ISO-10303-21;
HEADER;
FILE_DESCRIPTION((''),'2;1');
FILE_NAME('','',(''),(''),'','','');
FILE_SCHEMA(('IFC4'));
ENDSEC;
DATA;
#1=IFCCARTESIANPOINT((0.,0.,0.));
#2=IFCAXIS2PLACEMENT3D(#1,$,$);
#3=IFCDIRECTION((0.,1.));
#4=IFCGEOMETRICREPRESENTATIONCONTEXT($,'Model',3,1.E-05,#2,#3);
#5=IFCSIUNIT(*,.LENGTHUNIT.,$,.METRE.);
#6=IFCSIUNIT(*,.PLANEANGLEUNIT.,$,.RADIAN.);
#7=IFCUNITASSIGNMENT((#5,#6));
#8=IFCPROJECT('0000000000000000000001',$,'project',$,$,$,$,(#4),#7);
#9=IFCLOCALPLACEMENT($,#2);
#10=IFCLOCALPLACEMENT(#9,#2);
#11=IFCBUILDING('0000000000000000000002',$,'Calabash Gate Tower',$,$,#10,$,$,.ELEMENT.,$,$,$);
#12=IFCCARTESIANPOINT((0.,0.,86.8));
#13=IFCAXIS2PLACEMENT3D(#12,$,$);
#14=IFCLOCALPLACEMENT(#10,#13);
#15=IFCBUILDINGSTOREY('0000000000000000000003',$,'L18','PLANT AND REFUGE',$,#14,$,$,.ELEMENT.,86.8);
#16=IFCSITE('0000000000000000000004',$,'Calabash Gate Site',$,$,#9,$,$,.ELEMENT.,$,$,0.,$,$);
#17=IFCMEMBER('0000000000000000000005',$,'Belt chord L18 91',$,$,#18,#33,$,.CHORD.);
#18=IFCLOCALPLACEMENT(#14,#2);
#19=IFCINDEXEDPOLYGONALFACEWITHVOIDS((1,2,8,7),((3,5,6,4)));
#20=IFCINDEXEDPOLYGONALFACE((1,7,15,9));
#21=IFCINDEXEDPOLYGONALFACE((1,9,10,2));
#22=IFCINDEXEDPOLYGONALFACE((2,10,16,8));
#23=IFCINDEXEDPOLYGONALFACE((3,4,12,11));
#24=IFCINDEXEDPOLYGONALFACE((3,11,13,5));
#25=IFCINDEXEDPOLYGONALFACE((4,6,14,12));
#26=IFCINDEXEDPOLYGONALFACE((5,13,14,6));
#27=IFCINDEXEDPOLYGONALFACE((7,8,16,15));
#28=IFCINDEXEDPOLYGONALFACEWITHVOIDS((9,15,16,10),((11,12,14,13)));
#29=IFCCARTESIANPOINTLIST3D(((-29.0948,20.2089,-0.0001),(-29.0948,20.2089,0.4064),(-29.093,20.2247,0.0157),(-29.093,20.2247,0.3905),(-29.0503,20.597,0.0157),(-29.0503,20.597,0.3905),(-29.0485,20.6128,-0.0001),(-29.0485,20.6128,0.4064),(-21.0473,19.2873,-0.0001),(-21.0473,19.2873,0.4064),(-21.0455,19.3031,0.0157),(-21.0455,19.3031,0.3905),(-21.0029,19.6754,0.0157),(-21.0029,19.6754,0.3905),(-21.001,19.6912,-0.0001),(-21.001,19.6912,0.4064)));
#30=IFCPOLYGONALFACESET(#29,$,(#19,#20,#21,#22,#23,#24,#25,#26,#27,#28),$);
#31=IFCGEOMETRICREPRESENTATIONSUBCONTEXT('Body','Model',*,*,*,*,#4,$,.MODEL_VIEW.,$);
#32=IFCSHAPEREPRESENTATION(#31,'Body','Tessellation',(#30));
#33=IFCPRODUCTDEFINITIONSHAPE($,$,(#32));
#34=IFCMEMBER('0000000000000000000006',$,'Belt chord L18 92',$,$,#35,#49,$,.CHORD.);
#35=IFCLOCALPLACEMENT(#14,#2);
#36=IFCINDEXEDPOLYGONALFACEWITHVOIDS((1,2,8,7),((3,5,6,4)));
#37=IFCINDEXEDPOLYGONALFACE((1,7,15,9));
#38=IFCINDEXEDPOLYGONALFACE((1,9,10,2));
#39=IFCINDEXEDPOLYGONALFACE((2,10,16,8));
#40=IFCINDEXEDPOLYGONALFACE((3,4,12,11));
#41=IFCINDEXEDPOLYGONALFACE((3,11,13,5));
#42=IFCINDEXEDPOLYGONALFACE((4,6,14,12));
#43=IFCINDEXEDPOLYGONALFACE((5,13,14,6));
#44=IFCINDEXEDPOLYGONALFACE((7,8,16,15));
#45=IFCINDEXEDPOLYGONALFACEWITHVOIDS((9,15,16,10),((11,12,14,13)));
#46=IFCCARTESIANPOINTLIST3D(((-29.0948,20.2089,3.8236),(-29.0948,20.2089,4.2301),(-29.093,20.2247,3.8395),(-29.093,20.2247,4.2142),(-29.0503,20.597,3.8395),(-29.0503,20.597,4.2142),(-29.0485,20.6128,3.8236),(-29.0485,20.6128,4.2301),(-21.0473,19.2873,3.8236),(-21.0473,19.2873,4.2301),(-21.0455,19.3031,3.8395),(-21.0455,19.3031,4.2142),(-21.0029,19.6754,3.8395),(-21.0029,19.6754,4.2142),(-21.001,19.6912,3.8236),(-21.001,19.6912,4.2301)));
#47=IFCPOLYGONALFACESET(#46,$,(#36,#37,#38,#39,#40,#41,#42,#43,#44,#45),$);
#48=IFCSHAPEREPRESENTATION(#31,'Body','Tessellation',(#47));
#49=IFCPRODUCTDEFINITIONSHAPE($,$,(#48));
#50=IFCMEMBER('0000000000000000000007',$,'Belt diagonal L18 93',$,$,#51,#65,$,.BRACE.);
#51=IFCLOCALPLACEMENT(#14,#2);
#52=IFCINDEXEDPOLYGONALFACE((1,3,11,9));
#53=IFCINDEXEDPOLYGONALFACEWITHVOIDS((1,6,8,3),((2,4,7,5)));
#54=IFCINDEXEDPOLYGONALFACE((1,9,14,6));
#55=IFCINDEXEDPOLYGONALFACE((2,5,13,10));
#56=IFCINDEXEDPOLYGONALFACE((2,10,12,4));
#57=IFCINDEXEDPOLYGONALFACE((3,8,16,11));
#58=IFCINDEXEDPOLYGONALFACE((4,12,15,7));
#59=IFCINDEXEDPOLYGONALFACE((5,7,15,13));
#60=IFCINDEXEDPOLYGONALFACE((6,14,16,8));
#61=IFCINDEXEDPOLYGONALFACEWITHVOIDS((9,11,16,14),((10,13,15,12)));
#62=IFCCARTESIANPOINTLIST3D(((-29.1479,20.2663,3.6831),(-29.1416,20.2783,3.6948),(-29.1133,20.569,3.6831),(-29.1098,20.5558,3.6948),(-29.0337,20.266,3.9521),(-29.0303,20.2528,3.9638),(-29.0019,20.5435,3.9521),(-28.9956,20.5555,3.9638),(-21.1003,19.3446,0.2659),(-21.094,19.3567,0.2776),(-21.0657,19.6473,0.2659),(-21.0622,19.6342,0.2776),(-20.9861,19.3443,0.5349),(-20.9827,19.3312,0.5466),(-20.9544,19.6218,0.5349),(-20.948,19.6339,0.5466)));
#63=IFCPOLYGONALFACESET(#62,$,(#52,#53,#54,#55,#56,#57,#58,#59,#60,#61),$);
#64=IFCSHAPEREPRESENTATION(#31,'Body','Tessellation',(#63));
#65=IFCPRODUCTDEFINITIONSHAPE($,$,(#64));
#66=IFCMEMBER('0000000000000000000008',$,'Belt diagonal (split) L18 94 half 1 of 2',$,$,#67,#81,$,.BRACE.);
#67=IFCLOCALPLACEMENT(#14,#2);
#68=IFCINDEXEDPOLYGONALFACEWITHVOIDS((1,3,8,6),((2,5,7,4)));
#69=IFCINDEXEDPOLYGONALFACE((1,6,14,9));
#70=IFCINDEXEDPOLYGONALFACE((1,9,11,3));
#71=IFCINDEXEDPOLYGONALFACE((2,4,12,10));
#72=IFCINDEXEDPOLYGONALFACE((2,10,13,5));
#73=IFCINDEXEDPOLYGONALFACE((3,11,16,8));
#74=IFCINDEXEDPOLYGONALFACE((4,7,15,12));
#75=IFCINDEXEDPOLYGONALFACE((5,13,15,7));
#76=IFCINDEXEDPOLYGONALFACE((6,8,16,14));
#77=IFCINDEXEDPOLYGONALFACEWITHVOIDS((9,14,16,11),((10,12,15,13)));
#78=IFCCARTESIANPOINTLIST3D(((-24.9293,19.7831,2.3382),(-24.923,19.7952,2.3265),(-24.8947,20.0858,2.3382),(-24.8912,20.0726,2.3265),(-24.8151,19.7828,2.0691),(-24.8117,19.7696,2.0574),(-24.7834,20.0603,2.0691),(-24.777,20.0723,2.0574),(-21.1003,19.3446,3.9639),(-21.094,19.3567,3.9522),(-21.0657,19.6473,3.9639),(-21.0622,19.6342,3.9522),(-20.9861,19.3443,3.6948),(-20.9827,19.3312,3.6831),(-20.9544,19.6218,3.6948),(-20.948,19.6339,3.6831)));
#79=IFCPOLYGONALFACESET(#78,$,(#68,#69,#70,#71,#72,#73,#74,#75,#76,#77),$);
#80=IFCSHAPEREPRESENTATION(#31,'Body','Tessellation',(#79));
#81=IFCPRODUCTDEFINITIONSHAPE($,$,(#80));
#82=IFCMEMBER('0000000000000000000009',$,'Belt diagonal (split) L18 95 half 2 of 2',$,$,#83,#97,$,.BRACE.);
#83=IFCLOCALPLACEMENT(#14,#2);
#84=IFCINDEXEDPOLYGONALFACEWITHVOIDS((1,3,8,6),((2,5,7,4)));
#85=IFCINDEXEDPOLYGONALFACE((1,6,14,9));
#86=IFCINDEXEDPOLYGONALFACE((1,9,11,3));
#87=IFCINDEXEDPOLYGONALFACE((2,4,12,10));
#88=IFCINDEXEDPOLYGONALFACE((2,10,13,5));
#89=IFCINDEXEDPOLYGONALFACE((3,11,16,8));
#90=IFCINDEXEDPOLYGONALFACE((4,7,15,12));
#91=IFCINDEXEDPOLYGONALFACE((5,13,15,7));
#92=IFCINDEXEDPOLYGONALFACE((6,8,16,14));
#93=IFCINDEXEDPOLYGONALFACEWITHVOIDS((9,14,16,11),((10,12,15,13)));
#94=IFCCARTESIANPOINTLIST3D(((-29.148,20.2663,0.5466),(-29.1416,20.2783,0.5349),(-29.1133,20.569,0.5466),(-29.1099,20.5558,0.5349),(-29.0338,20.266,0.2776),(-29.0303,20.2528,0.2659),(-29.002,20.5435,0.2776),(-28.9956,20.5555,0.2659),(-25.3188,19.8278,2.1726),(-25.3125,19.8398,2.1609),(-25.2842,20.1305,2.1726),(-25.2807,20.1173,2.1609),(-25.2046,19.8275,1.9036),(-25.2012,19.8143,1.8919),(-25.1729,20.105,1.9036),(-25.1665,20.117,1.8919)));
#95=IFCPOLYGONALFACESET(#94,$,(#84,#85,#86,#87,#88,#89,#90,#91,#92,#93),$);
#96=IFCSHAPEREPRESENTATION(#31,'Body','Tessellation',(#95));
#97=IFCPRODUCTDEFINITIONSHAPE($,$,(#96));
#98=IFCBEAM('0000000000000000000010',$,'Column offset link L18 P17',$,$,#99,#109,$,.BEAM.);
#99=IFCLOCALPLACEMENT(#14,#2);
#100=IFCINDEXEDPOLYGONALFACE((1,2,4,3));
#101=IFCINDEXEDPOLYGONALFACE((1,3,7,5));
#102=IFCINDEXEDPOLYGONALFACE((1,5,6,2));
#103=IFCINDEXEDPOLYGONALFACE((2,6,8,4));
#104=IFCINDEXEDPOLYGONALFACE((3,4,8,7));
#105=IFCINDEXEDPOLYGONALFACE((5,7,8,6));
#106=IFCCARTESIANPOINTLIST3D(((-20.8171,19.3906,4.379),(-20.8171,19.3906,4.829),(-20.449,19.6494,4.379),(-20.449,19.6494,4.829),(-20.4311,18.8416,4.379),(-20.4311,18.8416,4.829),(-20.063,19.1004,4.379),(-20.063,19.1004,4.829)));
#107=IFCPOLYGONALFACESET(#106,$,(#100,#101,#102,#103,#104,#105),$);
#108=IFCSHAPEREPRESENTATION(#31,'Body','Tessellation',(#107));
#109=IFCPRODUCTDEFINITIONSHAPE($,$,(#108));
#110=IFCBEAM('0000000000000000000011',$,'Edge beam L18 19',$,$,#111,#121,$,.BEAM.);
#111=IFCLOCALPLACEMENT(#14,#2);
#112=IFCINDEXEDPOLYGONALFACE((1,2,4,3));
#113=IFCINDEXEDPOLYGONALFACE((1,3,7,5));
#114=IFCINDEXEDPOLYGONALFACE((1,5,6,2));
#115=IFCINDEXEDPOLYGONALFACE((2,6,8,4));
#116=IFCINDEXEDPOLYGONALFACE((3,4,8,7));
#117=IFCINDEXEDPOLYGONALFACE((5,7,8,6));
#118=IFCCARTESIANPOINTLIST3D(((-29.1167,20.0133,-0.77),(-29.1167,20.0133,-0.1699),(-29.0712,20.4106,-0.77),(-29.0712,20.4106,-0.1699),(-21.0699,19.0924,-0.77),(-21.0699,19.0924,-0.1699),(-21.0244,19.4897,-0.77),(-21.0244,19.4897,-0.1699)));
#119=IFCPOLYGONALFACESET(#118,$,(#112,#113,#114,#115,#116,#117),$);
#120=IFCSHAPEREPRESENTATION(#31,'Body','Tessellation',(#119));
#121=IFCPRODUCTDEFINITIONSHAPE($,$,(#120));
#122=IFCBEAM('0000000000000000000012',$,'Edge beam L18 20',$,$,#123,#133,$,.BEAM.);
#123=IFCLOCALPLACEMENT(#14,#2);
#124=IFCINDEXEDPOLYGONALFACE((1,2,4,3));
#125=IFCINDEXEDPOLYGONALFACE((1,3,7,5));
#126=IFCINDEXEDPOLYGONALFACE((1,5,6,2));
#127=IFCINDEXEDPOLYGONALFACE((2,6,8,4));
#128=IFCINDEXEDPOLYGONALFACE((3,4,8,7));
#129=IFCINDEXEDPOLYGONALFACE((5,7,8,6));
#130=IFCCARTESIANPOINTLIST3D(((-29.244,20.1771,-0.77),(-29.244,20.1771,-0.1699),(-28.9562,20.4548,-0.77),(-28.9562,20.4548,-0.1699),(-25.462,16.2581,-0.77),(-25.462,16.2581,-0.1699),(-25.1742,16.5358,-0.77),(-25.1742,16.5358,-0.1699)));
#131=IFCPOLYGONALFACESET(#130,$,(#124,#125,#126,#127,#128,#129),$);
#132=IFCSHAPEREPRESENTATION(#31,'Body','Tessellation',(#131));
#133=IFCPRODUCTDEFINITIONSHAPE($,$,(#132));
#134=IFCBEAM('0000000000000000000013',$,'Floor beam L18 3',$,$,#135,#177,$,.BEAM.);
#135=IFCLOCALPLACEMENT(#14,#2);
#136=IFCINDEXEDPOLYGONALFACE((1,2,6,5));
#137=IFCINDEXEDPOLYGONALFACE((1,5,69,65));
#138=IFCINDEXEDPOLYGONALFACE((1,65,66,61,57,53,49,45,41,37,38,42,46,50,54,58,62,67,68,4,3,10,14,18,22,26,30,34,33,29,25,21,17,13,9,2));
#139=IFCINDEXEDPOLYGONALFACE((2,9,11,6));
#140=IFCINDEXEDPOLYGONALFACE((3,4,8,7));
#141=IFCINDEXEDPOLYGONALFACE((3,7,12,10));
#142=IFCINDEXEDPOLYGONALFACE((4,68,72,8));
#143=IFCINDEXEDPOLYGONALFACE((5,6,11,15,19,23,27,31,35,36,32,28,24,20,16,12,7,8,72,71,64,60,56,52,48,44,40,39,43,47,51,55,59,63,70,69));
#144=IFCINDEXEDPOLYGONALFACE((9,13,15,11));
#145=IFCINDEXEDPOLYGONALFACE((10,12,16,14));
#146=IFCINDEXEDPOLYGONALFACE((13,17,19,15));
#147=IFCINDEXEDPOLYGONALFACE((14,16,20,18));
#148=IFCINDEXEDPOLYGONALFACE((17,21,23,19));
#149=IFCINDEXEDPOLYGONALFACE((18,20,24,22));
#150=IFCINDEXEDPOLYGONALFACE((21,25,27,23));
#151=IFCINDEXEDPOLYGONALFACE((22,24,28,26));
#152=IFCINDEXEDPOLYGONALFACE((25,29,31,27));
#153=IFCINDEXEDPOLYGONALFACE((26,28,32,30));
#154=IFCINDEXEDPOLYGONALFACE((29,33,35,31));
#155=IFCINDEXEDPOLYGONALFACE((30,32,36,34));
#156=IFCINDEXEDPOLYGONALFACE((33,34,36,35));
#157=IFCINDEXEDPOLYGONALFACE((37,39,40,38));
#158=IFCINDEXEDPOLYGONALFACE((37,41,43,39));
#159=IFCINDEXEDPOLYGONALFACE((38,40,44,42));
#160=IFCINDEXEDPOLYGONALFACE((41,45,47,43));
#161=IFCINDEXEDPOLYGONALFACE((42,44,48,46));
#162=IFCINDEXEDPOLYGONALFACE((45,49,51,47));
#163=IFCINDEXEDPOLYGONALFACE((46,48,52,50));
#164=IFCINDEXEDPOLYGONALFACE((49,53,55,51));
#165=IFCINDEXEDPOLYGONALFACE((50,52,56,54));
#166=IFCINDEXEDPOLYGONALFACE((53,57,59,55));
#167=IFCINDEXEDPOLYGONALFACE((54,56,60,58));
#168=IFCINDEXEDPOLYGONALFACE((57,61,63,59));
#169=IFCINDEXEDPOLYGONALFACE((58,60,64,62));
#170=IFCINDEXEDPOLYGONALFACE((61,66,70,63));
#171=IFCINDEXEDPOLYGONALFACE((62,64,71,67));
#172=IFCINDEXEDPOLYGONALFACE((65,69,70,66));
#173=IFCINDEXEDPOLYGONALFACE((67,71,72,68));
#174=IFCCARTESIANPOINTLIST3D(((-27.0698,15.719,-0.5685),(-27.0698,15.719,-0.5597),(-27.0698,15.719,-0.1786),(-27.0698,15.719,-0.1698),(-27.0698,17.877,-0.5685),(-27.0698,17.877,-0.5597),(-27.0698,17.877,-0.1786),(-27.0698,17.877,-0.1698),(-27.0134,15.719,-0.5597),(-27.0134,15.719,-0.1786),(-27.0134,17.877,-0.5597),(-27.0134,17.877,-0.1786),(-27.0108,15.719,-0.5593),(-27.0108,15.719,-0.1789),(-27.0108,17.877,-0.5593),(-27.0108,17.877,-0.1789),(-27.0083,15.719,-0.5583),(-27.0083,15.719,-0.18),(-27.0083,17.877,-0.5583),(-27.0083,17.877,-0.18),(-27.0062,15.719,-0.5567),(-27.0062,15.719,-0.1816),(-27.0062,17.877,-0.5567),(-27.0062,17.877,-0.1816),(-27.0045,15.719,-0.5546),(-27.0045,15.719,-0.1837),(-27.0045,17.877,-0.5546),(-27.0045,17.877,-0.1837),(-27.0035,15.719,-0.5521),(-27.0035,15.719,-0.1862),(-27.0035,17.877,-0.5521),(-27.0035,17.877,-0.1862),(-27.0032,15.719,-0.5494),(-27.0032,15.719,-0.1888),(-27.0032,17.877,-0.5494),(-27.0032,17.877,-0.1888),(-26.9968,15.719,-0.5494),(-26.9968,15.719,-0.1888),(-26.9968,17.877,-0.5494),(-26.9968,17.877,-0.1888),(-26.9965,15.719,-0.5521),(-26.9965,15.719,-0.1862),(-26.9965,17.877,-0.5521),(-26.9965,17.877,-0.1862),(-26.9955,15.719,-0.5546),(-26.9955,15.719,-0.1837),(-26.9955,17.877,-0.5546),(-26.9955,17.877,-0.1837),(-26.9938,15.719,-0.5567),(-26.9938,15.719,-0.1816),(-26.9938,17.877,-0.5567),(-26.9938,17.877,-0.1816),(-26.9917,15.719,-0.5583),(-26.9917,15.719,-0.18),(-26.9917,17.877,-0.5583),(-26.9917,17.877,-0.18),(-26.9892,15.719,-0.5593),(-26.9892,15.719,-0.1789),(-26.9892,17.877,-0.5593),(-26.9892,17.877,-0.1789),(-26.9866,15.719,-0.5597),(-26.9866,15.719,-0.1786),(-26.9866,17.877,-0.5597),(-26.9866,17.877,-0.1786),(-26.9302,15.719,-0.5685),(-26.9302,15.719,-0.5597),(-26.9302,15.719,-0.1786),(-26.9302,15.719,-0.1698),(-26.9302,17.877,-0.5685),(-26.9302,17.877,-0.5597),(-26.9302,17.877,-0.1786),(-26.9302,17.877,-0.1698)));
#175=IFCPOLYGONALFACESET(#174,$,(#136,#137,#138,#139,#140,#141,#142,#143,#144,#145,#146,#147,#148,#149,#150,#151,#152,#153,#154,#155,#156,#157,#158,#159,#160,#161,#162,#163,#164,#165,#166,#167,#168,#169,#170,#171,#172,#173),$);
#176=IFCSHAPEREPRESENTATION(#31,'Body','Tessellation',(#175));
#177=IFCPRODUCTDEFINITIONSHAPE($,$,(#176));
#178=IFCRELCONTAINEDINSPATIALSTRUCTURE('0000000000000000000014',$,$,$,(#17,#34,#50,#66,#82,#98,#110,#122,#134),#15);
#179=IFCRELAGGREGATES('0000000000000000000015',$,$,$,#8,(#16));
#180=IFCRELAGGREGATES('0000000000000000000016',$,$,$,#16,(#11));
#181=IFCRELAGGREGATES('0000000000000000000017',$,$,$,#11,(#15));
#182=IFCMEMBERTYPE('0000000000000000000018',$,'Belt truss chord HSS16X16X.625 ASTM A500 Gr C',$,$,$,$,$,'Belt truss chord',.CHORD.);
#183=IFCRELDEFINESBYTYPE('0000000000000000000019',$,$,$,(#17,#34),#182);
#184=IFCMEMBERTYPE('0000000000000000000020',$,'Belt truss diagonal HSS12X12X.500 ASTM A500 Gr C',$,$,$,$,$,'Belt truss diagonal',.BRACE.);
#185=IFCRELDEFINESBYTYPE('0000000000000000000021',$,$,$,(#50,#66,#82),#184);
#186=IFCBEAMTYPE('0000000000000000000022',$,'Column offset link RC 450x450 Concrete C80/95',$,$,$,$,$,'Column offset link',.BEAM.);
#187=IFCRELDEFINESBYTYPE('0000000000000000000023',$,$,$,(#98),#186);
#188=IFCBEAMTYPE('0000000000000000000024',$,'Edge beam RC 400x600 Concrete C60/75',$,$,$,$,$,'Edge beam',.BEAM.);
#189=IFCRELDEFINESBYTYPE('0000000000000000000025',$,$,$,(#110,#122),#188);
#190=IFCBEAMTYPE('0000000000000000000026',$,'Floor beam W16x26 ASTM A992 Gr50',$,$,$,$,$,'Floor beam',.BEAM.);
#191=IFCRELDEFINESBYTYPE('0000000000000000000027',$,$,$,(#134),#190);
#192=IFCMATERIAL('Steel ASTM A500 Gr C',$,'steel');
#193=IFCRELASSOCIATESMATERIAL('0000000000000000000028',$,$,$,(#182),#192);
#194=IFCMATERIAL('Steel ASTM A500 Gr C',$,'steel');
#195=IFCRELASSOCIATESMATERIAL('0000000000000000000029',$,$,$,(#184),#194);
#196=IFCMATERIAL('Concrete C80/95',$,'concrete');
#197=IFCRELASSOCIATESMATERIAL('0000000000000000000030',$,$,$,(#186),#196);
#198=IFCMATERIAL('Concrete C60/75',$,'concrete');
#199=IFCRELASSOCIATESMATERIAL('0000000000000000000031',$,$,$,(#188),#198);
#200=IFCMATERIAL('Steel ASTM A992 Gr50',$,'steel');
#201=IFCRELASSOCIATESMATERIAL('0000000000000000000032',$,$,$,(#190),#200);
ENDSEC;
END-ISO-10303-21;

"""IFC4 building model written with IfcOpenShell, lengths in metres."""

from ifc_helpers import new_model, si_unit, direction, frame, origin, origin_2d, place, context, subcontext, project, spatial, rectangle, hollow_rectangle, i_section, extrude, material, material_profile, profile_set, type_object, element, save


model = new_model("IFC4")

# Units and contexts
model_context = context("Model", 3, precision=1e-05, world=origin(), true_north=direction((0.0, 1.0)))
body_context = subcontext(model_context, "Body", "Model", "MODEL_VIEW")
ifc_project = project(units=[si_unit("LENGTHUNIT", "METRE"), si_unit("PLANEANGLEUNIT", "RADIAN")], contexts=[model_context])

# Site, building, storey
site_placement = place(None, origin())
site = spatial("IfcSite", under=ifc_project, at=site_placement, Name="Calabash Gate Site", CompositionType="ELEMENT", RefElevation=0.0)
building_placement = place(site_placement, origin())
building = spatial("IfcBuilding", under=site, at=building_placement, Name="Calabash Gate Tower", CompositionType="ELEMENT")
storey_placement = place(building_placement, frame((0.0, 0.0, 86.8)))
storey = spatial("IfcBuildingStorey", under=building, at=storey_placement, Name="L18", Description="PLANT AND REFUGE", CompositionType="ELEMENT", Elevation=86.8)

# Members
ifc_material_1 = material(Name="Steel ASTM A500 Gr C", Category="steel")
ifc_material_profile_1 = material_profile(ifc_material_1, hollow_rectangle(XDim=0.4065, YDim=0.4065, WallThickness=0.0159, at=origin_2d()))
ifc_profile_set_1 = profile_set([ifc_material_profile_1], Name="Steel ASTM A500 Gr C")
member_type_1 = type_object("IfcMemberType", Name="Belt truss chord HSS16X16X.625 ASTM A500 Gr C", ElementType="Belt truss chord", PredefinedType="CHORD", material=ifc_profile_set_1)
for number, where, z_axis, x_axis, name in (
    (1, (-21.0242, 19.4893, 0.2031), (-0.993506, 0.113779, 0.0), (-0.113779, -0.993506, 0.0), "Belt chord L18 91"),
    (2, (-21.0242, 19.4893, 4.0269), (-0.993506, 0.113779, 0.0), (-0.113779, -0.993506, 0.0), "Belt chord L18 92"),
):
    element("IfcMember", number, at=place(storey_placement, frame(where, z_axis=z_axis, x_axis=x_axis)), inside=storey, type_object=member_type_1, Name=name, PredefinedType="CHORD", context=body_context, shape_type="SweptSolid", body=[
        extrude(hollow_rectangle(XDim=0.4065, YDim=0.4065, WallThickness=0.0159, at=origin_2d()), origin(), (0.0, 0.0, 1.0), 8.1001),
    ])
ifc_material_2 = material(Name="Steel ASTM A500 Gr C", Category="steel")
ifc_material_profile_2 = material_profile(ifc_material_2, hollow_rectangle(XDim=0.3047, YDim=0.3047, WallThickness=0.0127, at=origin_2d()))
ifc_profile_set_2 = profile_set([ifc_material_profile_2], Name="Steel ASTM A500 Gr C")
member_type_2 = type_object("IfcMemberType", Name="Belt truss diagonal HSS12X12X.500 ASTM A500 Gr C", ElementType="Belt truss diagonal", PredefinedType="BRACE", material=ifc_profile_set_2)
member_1_placement = place(storey_placement, frame((-21.0242, 19.4893, 0.4062), z_axis=(-0.915383, 0.104832, 0.388697), x_axis=(-0.113779, -0.993506, 0.0)))
element("IfcMember", 3, at=member_1_placement, inside=storey, type_object=member_type_2, Name="Belt diagonal L18 93", PredefinedType="BRACE", context=body_context, shape_type="SweptSolid", body=[
    extrude(hollow_rectangle(XDim=0.3047, YDim=0.3047, WallThickness=0.0127, at=origin_2d()), origin(), (0.0, 0.0, 1.0), 8.7915),
])
member_2_placement = place(storey_placement, frame((-21.0242, 19.4893, 3.8235), z_axis=(-0.915401, 0.104824, -0.388655), x_axis=(-0.113768, -0.993507, 0.0)))
element("IfcMember", 4, at=member_2_placement, inside=storey, type_object=member_type_2, Name="Belt diagonal (split) L18 94 half 1 of 2", PredefinedType="BRACE", context=body_context, shape_type="SweptSolid", body=[
    extrude(hollow_rectangle(XDim=0.3047, YDim=0.3047, WallThickness=0.0127, at=origin_2d()), origin(), (0.0, 0.0, 1.0), 4.1829),
])
member_3_placement = place(storey_placement, frame((-25.2427, 19.9724, 2.0322), z_axis=(-0.915381, 0.104822, -0.388704), x_axis=(-0.113768, -0.993507, 0.0)))
element("IfcMember", 5, at=member_3_placement, inside=storey, type_object=member_type_2, Name="Belt diagonal (split) L18 95 half 2 of 2", PredefinedType="BRACE", context=body_context, shape_type="SweptSolid", body=[
    extrude(hollow_rectangle(XDim=0.3047, YDim=0.3047, WallThickness=0.0127, at=origin_2d()), origin(), (0.0, 0.0, 1.0), 4.1831),
])

# Beams
ifc_material_3 = material(Name="Concrete C80/95", Category="concrete")
ifc_material_profile_3 = material_profile(ifc_material_3, rectangle(XDim=0.45, YDim=0.45, at=origin_2d()))
ifc_profile_set_3 = profile_set([ifc_material_profile_3], Name="Concrete C80/95")
beam_type_1 = type_object("IfcBeamType", Name="Column offset link RC 450x450 Concrete C80/95", ElementType="Column offset link", PredefinedType="BEAM", material=ifc_profile_set_3)
beam_1_placement = place(storey_placement, frame((-20.6331, 19.52, 4.604), z_axis=(0.575097, -0.818085, 0.0), x_axis=(0.818085, 0.575097, 0.0)))
element("IfcBeam", 6, at=beam_1_placement, inside=storey, type_object=beam_type_1, Name="Column offset link L18 P17", PredefinedType="BEAM", context=body_context, shape_type="SweptSolid", body=[
    extrude(rectangle(XDim=0.45, YDim=0.45, at=origin_2d()), origin(), (0.0, 0.0, 1.0), 0.6711),
])
ifc_material_4 = material(Name="Concrete C60/75", Category="concrete")
ifc_material_profile_4 = material_profile(ifc_material_4, rectangle(XDim=0.3999, YDim=0.6001, at=origin_2d()))
ifc_profile_set_4 = profile_set([ifc_material_profile_4], Name="Concrete C60/75")
beam_type_2 = type_object("IfcBeamType", Name="Edge beam RC 400x600 Concrete C60/75", ElementType="Edge beam", PredefinedType="BEAM", material=ifc_profile_set_4)
beam_2_placement = place(storey_placement, frame((-21.0471, 19.291, -0.47), z_axis=(-0.993515, 0.1137, 0.0), x_axis=(-0.1137, -0.993515, 0.0)))
element("IfcBeam", 7, at=beam_2_placement, inside=storey, type_object=beam_type_2, Name="Edge beam L18 19", PredefinedType="BEAM", context=body_context, shape_type="SweptSolid", body=[
    extrude(rectangle(XDim=0.3999, YDim=0.6001, at=origin_2d()), origin(), (0.0, 0.0, 1.0), 8.0994),
])
beam_3_placement = place(storey_placement, frame((-29.1001, 20.3159, -0.47), z_axis=(0.694421, -0.719569, 0.0), x_axis=(0.719569, 0.694421, 0.0)))
element("IfcBeam", 8, at=beam_3_placement, inside=storey, type_object=beam_type_2, Name="Edge beam L18 20", PredefinedType="BEAM", context=body_context, shape_type="SweptSolid", body=[
    extrude(rectangle(XDim=0.3999, YDim=0.6001, at=origin_2d()), origin(), (0.0, 0.0, 1.0), 5.4463),
])
ifc_material_5 = material(Name="Steel ASTM A992 Gr50", Category="steel")
ifc_material_profile_5 = material_profile(ifc_material_5, i_section(OverallWidth=0.1396, OverallDepth=0.3987, WebThickness=0.0063, FlangeThickness=0.0088, FilletRadius=0.0103, at=origin_2d()))
ifc_profile_set_5 = profile_set([ifc_material_profile_5], Name="Steel ASTM A992 Gr50")
beam_type_3 = type_object("IfcBeamType", Name="Floor beam W16x26 ASTM A992 Gr50", ElementType="Floor beam", PredefinedType="BEAM", material=ifc_profile_set_5)
beam_4_placement = place(storey_placement, frame((-27.0, 15.719, -0.3691), z_axis=(0.0, 1.0, 0.0), x_axis=(-1.0, 0.0, 0.0)))
element("IfcBeam", 9, at=beam_4_placement, inside=storey, type_object=beam_type_3, Name="Floor beam L18 3", PredefinedType="BEAM", context=body_context, shape_type="SweptSolid", body=[
    extrude(i_section(OverallWidth=0.1396, OverallDepth=0.3987, WebThickness=0.0063, FlangeThickness=0.0088, FilletRadius=0.0103, at=origin_2d()), origin(), (0.0, 0.0, 1.0), 2.158),
])

save(model, "model.ifc")
